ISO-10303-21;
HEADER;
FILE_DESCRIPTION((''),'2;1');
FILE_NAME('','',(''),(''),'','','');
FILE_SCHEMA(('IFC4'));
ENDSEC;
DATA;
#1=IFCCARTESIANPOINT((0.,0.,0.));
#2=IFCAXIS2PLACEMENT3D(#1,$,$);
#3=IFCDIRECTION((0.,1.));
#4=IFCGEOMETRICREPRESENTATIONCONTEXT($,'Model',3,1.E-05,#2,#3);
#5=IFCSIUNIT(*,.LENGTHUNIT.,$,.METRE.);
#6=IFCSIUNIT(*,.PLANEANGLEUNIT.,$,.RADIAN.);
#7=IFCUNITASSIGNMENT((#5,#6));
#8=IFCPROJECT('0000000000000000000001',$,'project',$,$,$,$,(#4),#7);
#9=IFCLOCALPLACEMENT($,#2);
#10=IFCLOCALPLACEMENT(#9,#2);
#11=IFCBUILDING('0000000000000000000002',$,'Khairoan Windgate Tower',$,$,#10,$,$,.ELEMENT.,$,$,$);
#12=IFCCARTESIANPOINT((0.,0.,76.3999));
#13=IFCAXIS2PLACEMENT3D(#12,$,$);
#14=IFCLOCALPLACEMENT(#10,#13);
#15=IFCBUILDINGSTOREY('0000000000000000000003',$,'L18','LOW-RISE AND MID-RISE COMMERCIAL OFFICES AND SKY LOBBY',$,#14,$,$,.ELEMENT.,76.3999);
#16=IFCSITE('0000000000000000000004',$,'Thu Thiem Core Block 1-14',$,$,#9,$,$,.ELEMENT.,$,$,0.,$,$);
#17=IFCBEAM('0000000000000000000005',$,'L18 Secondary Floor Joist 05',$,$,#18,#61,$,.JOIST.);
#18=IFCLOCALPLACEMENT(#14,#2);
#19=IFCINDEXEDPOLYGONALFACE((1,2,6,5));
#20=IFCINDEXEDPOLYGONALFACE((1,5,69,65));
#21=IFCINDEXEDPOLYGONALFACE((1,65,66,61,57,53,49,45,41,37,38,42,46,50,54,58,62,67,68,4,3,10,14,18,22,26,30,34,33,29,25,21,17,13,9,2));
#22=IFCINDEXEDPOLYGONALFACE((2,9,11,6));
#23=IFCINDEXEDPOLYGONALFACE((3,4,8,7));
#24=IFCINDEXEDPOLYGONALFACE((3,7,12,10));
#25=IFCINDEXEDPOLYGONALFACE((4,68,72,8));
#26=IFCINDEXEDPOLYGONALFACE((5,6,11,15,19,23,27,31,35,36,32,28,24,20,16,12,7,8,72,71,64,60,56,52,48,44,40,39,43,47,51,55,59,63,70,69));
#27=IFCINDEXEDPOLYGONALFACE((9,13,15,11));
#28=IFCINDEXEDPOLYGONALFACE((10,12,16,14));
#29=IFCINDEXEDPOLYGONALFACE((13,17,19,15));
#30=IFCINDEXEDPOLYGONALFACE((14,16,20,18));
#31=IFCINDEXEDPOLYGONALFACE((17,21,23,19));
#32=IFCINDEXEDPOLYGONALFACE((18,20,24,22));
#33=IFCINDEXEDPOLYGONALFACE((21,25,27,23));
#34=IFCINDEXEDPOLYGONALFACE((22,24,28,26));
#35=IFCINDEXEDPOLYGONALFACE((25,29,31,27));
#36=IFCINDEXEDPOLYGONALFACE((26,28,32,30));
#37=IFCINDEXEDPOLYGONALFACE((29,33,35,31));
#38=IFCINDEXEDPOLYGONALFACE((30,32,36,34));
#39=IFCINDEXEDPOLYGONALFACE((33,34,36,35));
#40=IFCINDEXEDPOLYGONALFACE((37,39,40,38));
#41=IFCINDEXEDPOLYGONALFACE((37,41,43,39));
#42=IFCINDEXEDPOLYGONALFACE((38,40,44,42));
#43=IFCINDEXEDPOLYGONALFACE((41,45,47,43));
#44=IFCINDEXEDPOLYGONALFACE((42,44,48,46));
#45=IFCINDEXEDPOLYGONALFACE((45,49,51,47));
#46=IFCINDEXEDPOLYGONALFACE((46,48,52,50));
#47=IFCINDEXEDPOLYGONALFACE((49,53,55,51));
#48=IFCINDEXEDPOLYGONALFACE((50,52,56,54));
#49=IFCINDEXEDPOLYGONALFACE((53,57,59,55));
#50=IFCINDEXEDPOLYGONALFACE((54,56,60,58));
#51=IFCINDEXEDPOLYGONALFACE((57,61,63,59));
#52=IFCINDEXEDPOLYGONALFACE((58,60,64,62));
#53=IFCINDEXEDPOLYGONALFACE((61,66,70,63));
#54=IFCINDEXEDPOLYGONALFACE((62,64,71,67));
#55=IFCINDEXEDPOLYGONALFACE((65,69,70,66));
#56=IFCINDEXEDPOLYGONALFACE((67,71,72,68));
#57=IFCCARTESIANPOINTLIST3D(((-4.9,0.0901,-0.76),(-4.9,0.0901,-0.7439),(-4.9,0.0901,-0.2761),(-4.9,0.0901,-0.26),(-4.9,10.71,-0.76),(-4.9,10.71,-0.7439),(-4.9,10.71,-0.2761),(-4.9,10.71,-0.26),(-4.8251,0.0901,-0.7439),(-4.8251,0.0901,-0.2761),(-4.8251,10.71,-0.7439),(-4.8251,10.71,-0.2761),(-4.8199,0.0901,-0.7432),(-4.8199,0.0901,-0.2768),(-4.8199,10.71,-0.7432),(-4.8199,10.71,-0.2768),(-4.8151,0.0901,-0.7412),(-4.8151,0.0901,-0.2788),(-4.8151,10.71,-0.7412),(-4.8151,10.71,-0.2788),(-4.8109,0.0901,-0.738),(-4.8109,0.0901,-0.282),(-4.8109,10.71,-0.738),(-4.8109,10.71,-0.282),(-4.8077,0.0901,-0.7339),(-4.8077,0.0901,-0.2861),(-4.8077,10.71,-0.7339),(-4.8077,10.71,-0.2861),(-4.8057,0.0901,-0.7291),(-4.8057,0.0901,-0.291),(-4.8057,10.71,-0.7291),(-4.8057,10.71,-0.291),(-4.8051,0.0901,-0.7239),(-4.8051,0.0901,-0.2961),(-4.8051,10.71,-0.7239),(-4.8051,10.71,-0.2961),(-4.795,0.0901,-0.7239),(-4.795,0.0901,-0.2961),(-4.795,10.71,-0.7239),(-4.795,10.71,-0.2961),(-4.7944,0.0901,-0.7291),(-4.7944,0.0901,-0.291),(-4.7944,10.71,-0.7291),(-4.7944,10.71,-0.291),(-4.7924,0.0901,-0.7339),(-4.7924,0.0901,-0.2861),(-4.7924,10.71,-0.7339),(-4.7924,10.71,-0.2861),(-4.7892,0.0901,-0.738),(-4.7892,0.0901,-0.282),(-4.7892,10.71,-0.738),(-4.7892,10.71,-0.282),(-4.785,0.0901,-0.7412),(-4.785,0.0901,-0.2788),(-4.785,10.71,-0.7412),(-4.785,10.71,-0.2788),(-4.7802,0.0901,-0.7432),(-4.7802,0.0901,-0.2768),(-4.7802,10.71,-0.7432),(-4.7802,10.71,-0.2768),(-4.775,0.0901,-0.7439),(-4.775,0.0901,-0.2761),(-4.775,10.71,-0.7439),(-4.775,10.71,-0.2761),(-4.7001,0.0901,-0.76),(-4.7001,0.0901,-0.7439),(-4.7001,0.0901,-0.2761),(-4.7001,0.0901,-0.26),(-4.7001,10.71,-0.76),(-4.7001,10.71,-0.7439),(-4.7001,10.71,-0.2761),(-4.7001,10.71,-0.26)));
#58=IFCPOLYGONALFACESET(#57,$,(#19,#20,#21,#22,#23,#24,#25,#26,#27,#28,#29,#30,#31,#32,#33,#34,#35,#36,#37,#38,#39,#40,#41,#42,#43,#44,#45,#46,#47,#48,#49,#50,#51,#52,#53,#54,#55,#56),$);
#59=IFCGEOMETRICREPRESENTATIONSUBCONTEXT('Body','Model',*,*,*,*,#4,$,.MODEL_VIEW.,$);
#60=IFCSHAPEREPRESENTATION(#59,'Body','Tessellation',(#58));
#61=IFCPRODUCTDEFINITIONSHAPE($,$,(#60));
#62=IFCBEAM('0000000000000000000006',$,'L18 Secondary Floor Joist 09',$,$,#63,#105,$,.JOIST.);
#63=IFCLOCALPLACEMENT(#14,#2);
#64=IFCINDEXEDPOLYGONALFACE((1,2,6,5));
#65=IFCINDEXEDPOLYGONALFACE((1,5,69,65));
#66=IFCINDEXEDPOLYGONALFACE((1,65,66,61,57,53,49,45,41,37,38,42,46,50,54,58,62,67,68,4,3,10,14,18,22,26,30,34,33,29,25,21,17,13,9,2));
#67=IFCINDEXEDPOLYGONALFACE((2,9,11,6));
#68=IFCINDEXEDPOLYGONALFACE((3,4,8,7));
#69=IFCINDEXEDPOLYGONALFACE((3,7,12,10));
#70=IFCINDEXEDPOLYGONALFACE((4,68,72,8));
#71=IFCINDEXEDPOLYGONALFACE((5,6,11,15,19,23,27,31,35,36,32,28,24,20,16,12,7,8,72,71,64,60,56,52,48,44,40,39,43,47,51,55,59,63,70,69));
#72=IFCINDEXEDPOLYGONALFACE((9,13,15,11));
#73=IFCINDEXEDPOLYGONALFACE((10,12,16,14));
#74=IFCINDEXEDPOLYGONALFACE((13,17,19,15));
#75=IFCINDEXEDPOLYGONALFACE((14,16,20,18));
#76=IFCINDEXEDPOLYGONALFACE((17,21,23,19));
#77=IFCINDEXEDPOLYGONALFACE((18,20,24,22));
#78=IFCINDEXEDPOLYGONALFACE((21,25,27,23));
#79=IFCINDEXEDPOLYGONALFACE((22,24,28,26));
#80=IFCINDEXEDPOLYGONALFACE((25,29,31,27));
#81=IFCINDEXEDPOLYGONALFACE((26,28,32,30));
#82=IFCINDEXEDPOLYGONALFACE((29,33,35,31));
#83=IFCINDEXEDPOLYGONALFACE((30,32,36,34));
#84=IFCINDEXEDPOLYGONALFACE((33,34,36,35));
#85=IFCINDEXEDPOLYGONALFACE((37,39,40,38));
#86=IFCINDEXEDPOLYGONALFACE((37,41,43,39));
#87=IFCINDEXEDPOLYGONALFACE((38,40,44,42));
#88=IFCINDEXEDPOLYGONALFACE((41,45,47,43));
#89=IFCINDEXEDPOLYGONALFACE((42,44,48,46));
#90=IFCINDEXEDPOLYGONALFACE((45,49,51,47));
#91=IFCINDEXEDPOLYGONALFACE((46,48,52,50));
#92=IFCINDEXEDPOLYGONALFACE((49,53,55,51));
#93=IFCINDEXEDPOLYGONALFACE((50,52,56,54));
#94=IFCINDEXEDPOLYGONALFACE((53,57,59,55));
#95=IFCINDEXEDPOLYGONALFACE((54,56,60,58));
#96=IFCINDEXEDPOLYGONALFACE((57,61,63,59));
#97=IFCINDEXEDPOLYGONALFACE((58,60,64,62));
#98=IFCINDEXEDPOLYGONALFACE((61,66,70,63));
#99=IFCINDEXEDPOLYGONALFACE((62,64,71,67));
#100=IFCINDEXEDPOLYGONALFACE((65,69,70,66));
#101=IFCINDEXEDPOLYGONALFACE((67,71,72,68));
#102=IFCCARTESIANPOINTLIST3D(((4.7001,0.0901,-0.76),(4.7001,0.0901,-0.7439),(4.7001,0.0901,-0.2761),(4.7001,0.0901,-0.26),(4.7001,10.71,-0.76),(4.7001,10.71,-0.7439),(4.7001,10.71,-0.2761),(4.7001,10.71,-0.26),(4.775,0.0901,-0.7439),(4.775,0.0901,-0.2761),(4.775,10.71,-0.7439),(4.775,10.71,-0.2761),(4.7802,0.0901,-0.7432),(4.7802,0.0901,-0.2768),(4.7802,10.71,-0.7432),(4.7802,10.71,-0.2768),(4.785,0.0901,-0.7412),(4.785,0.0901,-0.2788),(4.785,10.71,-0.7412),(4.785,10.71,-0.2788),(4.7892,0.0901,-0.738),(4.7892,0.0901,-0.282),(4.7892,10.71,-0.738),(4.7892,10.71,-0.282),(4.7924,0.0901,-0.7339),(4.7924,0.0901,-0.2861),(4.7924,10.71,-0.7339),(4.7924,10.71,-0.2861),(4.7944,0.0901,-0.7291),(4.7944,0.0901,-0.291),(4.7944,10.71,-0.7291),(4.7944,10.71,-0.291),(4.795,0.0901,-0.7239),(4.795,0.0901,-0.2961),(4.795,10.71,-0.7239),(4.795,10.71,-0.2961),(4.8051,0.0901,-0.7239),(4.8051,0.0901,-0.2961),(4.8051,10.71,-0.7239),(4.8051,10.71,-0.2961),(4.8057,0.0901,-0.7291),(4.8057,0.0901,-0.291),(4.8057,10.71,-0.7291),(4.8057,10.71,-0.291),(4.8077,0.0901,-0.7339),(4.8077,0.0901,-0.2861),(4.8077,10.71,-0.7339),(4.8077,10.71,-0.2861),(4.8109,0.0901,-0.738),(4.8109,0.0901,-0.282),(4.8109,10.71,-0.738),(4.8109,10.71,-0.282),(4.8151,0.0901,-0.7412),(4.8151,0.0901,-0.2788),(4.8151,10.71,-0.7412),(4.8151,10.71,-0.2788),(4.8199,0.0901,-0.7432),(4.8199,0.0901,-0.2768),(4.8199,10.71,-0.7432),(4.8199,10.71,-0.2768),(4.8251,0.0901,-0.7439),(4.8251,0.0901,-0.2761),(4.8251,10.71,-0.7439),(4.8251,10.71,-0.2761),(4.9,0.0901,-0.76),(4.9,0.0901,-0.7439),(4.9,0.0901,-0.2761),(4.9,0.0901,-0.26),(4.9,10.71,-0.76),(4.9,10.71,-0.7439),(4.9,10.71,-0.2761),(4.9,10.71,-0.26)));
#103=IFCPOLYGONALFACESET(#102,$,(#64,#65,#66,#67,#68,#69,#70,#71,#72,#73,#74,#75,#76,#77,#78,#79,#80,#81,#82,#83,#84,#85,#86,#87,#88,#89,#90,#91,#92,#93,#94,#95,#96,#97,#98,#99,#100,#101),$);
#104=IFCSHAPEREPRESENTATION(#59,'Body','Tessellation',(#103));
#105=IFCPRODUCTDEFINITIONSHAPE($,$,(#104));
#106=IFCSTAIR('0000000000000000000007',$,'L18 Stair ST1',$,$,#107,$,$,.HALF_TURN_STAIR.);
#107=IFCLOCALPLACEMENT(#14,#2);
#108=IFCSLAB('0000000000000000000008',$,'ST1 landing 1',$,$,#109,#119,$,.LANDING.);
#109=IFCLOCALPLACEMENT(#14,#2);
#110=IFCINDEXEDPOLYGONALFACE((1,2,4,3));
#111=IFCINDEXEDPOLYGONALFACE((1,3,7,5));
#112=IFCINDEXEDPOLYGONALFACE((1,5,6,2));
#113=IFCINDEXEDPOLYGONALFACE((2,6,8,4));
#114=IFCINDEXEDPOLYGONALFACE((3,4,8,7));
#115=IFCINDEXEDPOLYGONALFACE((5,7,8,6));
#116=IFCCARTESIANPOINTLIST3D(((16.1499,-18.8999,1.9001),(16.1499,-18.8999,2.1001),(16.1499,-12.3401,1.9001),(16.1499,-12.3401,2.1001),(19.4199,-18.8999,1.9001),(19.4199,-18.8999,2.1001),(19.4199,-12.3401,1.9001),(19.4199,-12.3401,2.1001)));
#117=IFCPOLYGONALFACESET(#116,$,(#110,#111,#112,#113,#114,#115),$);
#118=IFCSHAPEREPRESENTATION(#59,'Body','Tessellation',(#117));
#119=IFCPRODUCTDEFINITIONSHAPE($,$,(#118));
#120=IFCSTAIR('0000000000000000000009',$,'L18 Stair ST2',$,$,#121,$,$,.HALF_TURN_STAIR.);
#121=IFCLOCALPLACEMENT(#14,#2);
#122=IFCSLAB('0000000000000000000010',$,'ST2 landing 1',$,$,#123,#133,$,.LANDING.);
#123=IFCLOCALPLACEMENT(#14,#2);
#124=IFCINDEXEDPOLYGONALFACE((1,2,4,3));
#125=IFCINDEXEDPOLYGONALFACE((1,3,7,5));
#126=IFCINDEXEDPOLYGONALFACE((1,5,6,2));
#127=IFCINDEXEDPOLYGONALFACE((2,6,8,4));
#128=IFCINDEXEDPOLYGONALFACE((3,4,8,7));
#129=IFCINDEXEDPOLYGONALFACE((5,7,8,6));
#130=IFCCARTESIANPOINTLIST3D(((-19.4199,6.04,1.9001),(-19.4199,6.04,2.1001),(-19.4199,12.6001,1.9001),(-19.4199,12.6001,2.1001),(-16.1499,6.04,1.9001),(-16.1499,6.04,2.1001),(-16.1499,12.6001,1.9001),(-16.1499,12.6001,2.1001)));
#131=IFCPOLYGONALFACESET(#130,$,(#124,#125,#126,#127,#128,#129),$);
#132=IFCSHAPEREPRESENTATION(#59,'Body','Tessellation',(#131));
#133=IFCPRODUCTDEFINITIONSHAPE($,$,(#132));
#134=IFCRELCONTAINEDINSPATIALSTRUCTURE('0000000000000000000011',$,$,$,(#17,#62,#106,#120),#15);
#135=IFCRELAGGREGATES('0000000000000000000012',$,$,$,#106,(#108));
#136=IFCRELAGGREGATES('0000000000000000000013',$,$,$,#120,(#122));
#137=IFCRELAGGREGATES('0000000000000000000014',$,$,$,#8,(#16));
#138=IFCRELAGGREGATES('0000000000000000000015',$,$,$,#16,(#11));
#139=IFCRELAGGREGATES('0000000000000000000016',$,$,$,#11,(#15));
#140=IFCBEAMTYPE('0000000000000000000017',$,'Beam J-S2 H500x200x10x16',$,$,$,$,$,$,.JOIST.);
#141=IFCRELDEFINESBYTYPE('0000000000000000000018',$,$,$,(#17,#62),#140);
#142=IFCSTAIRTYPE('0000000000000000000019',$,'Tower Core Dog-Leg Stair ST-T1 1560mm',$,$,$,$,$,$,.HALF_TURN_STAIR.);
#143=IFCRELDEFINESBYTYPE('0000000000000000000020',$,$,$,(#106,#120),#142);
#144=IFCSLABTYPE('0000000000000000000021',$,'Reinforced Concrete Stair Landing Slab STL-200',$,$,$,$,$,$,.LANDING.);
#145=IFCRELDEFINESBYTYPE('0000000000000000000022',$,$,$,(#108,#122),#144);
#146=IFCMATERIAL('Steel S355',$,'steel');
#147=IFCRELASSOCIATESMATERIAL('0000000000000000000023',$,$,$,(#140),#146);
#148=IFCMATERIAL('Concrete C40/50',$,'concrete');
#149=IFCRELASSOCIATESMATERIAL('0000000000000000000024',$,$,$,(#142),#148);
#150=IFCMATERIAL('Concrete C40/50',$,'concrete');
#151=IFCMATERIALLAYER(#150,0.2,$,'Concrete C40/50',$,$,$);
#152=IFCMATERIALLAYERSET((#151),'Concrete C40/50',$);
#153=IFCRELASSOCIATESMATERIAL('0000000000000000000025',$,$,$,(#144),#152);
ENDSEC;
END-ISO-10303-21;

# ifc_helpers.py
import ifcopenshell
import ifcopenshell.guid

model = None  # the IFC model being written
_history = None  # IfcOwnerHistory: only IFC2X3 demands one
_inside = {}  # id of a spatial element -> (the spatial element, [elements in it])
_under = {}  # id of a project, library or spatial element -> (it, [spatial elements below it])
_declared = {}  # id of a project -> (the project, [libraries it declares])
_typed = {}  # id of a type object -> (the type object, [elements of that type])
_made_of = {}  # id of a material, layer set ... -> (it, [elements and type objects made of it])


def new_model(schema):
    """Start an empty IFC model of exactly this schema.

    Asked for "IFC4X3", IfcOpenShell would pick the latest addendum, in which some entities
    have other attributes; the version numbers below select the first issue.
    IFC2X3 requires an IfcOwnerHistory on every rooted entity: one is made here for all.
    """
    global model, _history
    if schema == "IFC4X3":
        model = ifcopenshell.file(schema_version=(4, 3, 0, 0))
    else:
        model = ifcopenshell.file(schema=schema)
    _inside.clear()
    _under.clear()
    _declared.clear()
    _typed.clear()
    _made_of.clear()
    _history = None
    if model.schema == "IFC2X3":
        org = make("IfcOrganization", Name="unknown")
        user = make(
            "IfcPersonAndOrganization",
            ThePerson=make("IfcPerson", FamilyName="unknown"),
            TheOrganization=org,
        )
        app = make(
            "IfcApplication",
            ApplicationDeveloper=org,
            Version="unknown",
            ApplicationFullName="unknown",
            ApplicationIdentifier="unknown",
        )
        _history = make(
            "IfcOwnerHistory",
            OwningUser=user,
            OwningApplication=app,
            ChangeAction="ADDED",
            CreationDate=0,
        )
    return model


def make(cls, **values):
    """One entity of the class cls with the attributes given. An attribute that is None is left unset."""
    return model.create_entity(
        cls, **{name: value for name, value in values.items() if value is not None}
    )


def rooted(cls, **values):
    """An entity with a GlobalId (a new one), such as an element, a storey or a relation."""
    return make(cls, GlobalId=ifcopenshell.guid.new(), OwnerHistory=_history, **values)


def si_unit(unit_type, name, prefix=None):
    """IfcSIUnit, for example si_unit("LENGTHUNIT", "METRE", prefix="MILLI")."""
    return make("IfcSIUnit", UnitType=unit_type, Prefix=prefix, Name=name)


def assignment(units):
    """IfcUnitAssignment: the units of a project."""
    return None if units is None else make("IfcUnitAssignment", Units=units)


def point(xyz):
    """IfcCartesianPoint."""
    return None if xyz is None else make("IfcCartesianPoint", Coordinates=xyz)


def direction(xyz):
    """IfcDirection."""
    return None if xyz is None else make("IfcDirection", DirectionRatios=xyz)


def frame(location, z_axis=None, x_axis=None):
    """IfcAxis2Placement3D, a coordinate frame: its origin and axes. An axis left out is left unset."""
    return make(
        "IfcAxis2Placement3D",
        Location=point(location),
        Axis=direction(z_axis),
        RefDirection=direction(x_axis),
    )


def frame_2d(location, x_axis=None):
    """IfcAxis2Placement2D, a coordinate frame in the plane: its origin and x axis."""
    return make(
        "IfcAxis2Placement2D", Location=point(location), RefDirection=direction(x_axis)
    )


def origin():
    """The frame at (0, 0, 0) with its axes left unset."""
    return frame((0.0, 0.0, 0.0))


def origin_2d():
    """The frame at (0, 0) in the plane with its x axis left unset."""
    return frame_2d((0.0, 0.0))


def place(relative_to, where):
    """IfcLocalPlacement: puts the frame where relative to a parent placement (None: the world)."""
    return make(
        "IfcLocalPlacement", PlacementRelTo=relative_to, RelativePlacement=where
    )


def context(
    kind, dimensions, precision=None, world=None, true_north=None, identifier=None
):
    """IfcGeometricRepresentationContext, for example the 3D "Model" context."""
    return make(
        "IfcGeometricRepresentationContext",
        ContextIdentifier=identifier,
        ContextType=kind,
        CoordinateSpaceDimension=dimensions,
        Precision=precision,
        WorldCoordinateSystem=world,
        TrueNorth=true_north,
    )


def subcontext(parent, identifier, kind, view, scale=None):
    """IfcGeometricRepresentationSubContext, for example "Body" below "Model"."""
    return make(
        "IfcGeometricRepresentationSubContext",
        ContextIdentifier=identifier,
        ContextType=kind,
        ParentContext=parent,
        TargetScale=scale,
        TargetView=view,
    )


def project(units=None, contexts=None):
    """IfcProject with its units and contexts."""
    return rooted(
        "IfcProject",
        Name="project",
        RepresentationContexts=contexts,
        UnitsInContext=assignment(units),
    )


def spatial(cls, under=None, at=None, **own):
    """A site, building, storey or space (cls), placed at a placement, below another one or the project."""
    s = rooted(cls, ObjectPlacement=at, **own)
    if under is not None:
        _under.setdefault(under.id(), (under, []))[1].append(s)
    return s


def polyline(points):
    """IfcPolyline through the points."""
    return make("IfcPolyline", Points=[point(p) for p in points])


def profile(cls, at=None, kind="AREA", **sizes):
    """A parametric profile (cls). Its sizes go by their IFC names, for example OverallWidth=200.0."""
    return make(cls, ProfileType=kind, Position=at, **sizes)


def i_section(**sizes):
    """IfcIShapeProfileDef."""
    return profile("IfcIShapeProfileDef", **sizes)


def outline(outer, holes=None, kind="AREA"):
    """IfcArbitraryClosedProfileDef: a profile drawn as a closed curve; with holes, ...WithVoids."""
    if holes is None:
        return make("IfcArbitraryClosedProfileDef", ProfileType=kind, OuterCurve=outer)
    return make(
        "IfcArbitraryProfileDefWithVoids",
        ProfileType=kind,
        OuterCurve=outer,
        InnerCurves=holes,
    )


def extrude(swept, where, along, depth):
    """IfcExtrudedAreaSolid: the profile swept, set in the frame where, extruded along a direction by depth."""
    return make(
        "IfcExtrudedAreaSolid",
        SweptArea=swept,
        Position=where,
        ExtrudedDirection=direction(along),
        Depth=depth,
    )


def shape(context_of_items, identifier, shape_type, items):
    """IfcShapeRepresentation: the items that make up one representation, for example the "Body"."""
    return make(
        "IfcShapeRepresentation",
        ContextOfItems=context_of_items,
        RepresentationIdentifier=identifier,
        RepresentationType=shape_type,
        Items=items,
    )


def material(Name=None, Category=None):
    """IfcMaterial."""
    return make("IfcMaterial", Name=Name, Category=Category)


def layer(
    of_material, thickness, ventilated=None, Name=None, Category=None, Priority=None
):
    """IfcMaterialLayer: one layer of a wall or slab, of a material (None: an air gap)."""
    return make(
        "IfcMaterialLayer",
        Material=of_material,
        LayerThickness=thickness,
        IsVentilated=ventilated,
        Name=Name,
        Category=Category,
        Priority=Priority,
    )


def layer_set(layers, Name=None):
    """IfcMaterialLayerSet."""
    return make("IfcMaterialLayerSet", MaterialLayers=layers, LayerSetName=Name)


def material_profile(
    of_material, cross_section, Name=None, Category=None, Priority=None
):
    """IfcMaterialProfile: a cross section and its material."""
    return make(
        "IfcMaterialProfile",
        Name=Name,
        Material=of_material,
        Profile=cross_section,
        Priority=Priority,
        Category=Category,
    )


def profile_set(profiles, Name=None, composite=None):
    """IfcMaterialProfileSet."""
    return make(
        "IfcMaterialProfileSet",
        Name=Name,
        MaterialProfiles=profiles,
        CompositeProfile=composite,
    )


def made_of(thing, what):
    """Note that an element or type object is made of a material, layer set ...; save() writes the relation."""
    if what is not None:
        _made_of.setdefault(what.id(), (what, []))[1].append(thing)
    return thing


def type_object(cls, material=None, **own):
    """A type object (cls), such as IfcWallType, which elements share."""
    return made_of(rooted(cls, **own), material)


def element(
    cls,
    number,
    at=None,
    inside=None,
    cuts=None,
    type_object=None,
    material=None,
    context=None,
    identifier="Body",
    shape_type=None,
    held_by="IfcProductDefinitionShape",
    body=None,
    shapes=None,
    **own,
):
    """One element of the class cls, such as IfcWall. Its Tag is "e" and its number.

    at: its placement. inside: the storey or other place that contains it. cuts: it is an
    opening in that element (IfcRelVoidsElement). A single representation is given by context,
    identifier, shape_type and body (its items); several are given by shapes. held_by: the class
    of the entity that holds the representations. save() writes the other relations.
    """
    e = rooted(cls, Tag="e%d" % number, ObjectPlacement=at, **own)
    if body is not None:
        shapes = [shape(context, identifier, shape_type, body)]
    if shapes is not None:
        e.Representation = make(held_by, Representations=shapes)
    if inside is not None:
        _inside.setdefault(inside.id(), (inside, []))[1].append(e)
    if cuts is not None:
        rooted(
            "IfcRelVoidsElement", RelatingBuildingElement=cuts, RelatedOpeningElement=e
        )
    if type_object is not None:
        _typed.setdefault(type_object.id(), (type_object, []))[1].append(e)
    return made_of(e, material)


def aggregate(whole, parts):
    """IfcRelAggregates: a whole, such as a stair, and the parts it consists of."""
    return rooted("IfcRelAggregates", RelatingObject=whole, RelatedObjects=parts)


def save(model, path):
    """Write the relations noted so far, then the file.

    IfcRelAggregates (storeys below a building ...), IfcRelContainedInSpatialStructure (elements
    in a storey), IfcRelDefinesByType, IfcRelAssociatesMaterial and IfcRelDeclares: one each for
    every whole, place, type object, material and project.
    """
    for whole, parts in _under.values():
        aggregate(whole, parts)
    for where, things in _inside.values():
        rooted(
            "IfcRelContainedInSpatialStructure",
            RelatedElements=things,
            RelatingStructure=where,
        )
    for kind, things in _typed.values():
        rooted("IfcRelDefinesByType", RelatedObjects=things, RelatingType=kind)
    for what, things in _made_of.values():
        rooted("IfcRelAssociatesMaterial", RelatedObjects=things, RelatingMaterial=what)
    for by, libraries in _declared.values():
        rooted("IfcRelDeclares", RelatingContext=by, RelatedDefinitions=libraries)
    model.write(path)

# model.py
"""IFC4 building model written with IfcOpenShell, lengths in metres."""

from ifc_helpers import new_model, si_unit, direction, frame, origin, origin_2d, place, context, subcontext, project, spatial, polyline, i_section, outline, extrude, material, layer, layer_set, material_profile, profile_set, type_object, element, aggregate, save


model = new_model("IFC4")

# Units and contexts
model_context = context("Model", 3, precision=1e-05, world=origin(), true_north=direction((0.0, 1.0)))
body_context = subcontext(model_context, "Body", "Model", "MODEL_VIEW")
ifc_project = project(units=[si_unit("LENGTHUNIT", "METRE"), si_unit("PLANEANGLEUNIT", "RADIAN")], contexts=[model_context])

# Site, building, storey
site_placement = place(None, origin())
site = spatial("IfcSite", under=ifc_project, at=site_placement, Name="Thu Thiem Core Block 1-14", CompositionType="ELEMENT", RefElevation=0.0)
building_placement = place(site_placement, origin())
building = spatial("IfcBuilding", under=site, at=building_placement, Name="Khairoan Windgate Tower", CompositionType="ELEMENT")
storey_placement = place(building_placement, frame((0.0, 0.0, 76.3999)))
storey = spatial("IfcBuildingStorey", under=building, at=storey_placement, Name="L18", Description="LOW-RISE AND MID-RISE COMMERCIAL OFFICES AND SKY LOBBY", CompositionType="ELEMENT", Elevation=76.3999)

# Beams
ifc_material_1 = material(Name="Steel S355", Category="steel")
ifc_material_profile_1 = material_profile(ifc_material_1, i_section(OverallWidth=0.2, OverallDepth=0.5, WebThickness=0.01, FlangeThickness=0.0161, FilletRadius=0.02, at=origin_2d()))
ifc_profile_set_1 = profile_set([ifc_material_profile_1], Name="Steel S355")
beam_type_1 = type_object("IfcBeamType", Name="Beam J-S2 H500x200x10x16", PredefinedType="JOIST", material=ifc_profile_set_1)
for number, where, z_axis, x_axis, name in (
    (1, (-4.8, 0.0901, -0.51), (0.0, 1.0, 0.0), (-1.0, 0.0, 0.0), "L18 Secondary Floor Joist 05"),
    (2, (4.8, 0.0901, -0.51), (0.0, 1.0, 0.0), (-1.0, 0.0, 0.0), "L18 Secondary Floor Joist 09"),
):
    element("IfcBeam", number, at=place(storey_placement, frame(where, z_axis=z_axis, x_axis=x_axis)), inside=storey, type_object=beam_type_1, Name=name, PredefinedType="JOIST", context=body_context, shape_type="SweptSolid", body=[
        extrude(i_section(OverallWidth=0.2, OverallDepth=0.5, WebThickness=0.01, FlangeThickness=0.0161, FilletRadius=0.02, at=origin_2d()), origin(), (0.0, 0.0, 1.0), 10.6199),
    ])

# Stairs, slabs
ifc_material_2 = material(Name="Concrete C40/50", Category="concrete")
stair_type = type_object("IfcStairType", Name="Tower Core Dog-Leg Stair ST-T1 1560mm", PredefinedType="HALF_TURN_STAIR", material=ifc_material_2)
stair_1_placement = place(storey_placement, origin())
stair_1 = element("IfcStair", 3, at=stair_1_placement, inside=storey, type_object=stair_type, Name="L18 Stair ST1", PredefinedType="HALF_TURN_STAIR")
ifc_material_3 = material(Name="Concrete C40/50", Category="concrete")
ifc_layer_1 = layer(ifc_material_3, 0.2, Name="Concrete C40/50")
ifc_layer_set_1 = layer_set([ifc_layer_1], Name="Concrete C40/50")
slab_type_1 = type_object("IfcSlabType", Name="Reinforced Concrete Stair Landing Slab STL-200", PredefinedType="LANDING", material=ifc_layer_set_1)
slab_1_placement = place(storey_placement, frame((0.0, 0.0, 1.9001)))
slab_1 = element("IfcSlab", 4, at=slab_1_placement, type_object=slab_type_1, Name="ST1 landing 1", PredefinedType="LANDING", context=body_context, shape_type="SweptSolid", body=[
    extrude(outline(polyline([(16.1499, -12.3401), (16.1499, -18.8999), (19.4199, -18.8999), (19.4199, -12.3401), (16.1499, -12.3401)])), origin(), (0.0, 0.0, 1.0), 0.2),
])
aggregate(stair_1, [slab_1])
stair_2_placement = place(storey_placement, origin())
stair_2 = element("IfcStair", 5, at=stair_2_placement, inside=storey, type_object=stair_type, Name="L18 Stair ST2", PredefinedType="HALF_TURN_STAIR")
slab_2_placement = place(storey_placement, frame((0.0, 0.0, 1.9001)))
slab_2 = element("IfcSlab", 6, at=slab_2_placement, type_object=slab_type_1, Name="ST2 landing 1", PredefinedType="LANDING", context=body_context, shape_type="SweptSolid", body=[
    extrude(outline(polyline([(-16.1499, 6.04), (-16.1499, 12.6001), (-19.4199, 12.6001), (-19.4199, 6.04), (-16.1499, 6.04)])), origin(), (0.0, 0.0, 1.0), 0.2),
])
aggregate(stair_2, [slab_2])

save(model, "model.ifc")
